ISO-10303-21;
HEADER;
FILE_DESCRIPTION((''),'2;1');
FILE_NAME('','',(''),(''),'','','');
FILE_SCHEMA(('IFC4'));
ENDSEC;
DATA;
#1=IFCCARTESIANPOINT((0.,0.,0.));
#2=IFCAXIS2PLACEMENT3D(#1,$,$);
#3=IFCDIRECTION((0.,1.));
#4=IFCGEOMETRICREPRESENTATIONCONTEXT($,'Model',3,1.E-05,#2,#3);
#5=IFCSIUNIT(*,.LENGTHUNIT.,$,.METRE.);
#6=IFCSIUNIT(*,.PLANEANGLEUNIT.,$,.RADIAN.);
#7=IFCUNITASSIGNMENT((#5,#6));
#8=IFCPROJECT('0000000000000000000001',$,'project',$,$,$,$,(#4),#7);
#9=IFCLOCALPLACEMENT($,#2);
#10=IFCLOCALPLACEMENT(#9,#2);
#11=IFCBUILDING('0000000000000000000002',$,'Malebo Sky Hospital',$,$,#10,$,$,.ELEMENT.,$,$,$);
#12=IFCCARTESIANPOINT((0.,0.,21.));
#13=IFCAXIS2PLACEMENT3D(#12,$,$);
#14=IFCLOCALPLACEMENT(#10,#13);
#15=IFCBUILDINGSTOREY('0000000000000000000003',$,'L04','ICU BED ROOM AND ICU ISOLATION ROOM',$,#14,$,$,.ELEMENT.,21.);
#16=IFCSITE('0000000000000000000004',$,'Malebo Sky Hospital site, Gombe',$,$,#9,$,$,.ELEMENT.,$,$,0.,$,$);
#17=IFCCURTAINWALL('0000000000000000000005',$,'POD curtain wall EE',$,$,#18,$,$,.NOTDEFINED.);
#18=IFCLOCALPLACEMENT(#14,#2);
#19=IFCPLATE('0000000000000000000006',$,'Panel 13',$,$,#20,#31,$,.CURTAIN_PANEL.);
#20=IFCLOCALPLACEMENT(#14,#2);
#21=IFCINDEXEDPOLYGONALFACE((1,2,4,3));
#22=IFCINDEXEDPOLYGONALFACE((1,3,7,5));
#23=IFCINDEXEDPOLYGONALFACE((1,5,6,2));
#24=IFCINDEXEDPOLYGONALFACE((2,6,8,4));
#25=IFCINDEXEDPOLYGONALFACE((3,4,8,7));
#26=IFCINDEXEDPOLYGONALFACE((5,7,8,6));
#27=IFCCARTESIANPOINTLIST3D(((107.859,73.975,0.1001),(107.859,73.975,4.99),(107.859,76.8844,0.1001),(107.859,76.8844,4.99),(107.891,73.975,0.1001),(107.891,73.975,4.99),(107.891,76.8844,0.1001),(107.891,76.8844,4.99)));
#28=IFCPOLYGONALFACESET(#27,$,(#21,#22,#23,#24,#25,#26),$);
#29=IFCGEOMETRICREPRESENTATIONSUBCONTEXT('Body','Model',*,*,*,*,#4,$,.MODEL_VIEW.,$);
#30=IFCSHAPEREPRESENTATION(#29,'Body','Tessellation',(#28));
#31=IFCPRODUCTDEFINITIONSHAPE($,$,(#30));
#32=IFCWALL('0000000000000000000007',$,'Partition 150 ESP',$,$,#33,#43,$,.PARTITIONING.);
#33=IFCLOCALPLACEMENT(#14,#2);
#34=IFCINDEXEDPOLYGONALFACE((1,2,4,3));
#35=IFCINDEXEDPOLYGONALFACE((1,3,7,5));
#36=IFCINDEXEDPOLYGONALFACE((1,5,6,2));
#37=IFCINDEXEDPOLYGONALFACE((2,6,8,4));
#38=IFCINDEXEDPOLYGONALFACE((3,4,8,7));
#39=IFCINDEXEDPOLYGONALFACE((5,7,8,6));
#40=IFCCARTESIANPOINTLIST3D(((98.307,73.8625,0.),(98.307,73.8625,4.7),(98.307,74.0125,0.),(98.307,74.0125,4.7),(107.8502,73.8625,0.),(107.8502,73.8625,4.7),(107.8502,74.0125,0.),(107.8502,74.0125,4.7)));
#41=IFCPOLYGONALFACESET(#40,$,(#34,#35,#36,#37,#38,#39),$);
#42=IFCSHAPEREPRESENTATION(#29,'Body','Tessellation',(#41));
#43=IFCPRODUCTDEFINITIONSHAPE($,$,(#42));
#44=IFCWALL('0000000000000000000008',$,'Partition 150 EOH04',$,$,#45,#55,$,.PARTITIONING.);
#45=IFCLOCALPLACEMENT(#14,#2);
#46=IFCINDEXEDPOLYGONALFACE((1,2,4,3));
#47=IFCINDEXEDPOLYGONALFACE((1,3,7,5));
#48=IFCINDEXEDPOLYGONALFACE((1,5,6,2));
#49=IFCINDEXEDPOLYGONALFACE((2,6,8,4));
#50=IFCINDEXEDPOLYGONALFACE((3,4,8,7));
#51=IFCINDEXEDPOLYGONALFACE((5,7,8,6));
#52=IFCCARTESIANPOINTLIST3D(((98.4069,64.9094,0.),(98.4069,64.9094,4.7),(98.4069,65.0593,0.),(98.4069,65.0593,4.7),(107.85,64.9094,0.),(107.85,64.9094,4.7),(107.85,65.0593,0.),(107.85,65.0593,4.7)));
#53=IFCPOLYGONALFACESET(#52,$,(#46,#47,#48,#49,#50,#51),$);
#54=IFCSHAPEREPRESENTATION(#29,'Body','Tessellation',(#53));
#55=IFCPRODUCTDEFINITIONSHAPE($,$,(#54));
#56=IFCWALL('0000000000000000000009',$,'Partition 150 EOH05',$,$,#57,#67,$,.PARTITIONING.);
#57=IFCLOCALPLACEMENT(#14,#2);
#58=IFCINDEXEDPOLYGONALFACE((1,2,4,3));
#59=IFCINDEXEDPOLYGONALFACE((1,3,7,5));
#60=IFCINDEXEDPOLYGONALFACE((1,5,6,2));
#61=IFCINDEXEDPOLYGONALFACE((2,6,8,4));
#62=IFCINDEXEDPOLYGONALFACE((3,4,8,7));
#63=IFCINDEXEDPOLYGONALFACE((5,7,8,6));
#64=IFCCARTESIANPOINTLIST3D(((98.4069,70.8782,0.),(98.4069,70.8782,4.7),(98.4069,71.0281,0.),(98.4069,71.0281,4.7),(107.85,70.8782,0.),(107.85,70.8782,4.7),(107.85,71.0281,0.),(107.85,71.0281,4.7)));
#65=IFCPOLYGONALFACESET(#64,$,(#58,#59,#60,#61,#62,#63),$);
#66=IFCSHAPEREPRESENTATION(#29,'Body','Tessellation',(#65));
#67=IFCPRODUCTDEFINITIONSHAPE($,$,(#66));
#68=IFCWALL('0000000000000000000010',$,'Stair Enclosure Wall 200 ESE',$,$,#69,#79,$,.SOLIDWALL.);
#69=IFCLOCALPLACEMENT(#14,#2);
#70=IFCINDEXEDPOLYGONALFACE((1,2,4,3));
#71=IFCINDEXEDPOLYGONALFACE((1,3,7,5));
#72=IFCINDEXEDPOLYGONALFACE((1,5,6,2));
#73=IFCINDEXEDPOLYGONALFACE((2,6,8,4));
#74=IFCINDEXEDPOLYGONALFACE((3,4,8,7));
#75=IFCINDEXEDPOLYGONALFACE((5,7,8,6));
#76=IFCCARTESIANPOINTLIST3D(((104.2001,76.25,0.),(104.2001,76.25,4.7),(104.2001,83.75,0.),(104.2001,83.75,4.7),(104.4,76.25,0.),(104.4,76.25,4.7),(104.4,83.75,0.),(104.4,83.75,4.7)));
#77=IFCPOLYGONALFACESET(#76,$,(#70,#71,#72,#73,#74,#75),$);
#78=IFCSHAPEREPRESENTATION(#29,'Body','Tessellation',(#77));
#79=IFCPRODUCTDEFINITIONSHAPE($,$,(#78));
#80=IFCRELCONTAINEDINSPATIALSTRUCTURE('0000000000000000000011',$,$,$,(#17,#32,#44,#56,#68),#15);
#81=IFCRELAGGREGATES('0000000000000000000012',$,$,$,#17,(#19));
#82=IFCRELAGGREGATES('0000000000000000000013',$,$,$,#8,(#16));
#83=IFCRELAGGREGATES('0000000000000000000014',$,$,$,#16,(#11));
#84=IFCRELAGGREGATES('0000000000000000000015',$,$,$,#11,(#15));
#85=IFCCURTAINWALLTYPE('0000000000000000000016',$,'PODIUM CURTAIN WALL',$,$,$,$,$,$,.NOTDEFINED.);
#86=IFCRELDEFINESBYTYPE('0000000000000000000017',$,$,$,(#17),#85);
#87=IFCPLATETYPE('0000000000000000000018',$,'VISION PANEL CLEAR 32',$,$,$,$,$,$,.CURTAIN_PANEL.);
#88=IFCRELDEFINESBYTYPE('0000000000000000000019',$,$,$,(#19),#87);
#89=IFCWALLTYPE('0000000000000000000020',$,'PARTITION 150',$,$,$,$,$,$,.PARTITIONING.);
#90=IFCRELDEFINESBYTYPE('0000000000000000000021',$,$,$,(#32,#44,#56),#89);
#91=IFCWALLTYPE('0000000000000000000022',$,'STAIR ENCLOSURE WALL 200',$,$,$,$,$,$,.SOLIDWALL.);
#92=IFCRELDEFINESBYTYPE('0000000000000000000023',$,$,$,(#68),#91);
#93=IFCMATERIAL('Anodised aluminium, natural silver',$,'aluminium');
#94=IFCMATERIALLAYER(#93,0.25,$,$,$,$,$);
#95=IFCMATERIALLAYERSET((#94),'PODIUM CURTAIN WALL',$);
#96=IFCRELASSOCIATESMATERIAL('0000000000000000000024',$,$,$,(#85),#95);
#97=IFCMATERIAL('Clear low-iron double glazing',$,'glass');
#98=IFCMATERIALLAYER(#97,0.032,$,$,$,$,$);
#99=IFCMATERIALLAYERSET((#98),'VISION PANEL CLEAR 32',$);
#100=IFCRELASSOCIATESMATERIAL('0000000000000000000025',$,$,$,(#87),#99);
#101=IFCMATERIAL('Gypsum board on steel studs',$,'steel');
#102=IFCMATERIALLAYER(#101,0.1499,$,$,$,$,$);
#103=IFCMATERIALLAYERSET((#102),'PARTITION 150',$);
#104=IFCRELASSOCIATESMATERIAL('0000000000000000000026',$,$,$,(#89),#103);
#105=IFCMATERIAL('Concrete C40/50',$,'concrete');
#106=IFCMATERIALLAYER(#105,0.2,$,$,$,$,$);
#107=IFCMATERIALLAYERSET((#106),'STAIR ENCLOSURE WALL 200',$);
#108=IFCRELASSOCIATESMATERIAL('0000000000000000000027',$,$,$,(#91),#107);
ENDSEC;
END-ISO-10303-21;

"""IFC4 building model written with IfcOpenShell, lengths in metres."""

from ifc_helpers import new_model, si_unit, direction, frame, frame_2d, origin, origin_2d, place, context, subcontext, project, spatial, rectangle, extrude, material, layer, layer_set, type_object, element, aggregate, save


model = new_model("IFC4")

# Units and contexts
model_context = context("Model", 3, precision=1e-05, world=origin(), true_north=direction((0.0, 1.0)))
body_context = subcontext(model_context, "Body", "Model", "MODEL_VIEW")
ifc_project = project(units=[si_unit("LENGTHUNIT", "METRE"), si_unit("PLANEANGLEUNIT", "RADIAN")], contexts=[model_context])

# Site, building, storey
site_placement = place(None, origin())
site = spatial("IfcSite", under=ifc_project, at=site_placement, Name="Malebo Sky Hospital site, Gombe", CompositionType="ELEMENT", RefElevation=0.0)
building_placement = place(site_placement, origin())
building = spatial("IfcBuilding", under=site, at=building_placement, Name="Malebo Sky Hospital", CompositionType="ELEMENT")
storey_placement = place(building_placement, frame((0.0, 0.0, 21.0)))
storey = spatial("IfcBuildingStorey", under=building, at=storey_placement, Name="L04", Description="ICU BED ROOM AND ICU ISOLATION ROOM", CompositionType="ELEMENT", Elevation=21.0)

# Curtain wall
ifc_material_1 = material(Name="Anodised aluminium, natural silver", Category="aluminium")
ifc_layer_1 = layer(ifc_material_1, 0.25)
ifc_layer_set_1 = layer_set([ifc_layer_1], Name="PODIUM CURTAIN WALL")
curtain_wall_type = type_object("IfcCurtainWallType", Name="PODIUM CURTAIN WALL", PredefinedType="NOTDEFINED", material=ifc_layer_set_1)
curtain_wall_placement = place(storey_placement, origin())
curtain_wall = element("IfcCurtainWall", 1, at=curtain_wall_placement, inside=storey, type_object=curtain_wall_type, Name="POD curtain wall EE", PredefinedType="NOTDEFINED")

# Plate
ifc_material_2 = material(Name="Clear low-iron double glazing", Category="glass")
ifc_layer_2 = layer(ifc_material_2, 0.032)
ifc_layer_set_2 = layer_set([ifc_layer_2], Name="VISION PANEL CLEAR 32")
plate_type = type_object("IfcPlateType", Name="VISION PANEL CLEAR 32", PredefinedType="CURTAIN_PANEL", material=ifc_layer_set_2)
plate_1_placement = place(storey_placement, frame((107.875, 75.4297, 0.1001), z_axis=(0.0, 0.0, 1.0), x_axis=(0.0, 1.0, 0.0)))
plate_1 = element("IfcPlate", 2, at=plate_1_placement, type_object=plate_type, Name="Panel 13", PredefinedType="CURTAIN_PANEL", context=body_context, shape_type="SweptSolid", body=[
    extrude(rectangle(XDim=2.9094, YDim=0.032, at=origin_2d()), origin(), (0.0, 0.0, 1.0), 4.8899),
])
aggregate(curtain_wall, [plate_1])

# Walls
ifc_material_3 = material(Name="Gypsum board on steel studs", Category="steel")
ifc_layer_3 = layer(ifc_material_3, 0.1499)
ifc_layer_set_3 = layer_set([ifc_layer_3], Name="PARTITION 150")
wall_type_1 = type_object("IfcWallType", Name="PARTITION 150", PredefinedType="PARTITIONING", material=ifc_layer_set_3)
wall_1_placement = place(storey_placement, frame((107.8501, 73.9375, 0.0), z_axis=(0.0, 0.0, 1.0), x_axis=(-1.0, 0.0, 0.0)))
element("IfcWall", 3, at=wall_1_placement, inside=storey, type_object=wall_type_1, Name="Partition 150 ESP", PredefinedType="PARTITIONING", context=body_context, shape_type="SweptSolid", body=[
    extrude(rectangle(XDim=9.5432, YDim=0.1499, at=frame_2d((4.7715, 0.0))), origin(), (0.0, 0.0, 1.0), 4.7),
])
for number, where, z_axis, x_axis, name in (
    (4, (107.8501, 64.9844, 0.0), (0.0, 0.0, 1.0), (-1.0, 0.0, 0.0), "Partition 150 EOH04"),
    (5, (107.8501, 70.9531, 0.0), (0.0, 0.0, 1.0), (-1.0, 0.0, 0.0), "Partition 150 EOH05"),
):
    element("IfcWall", number, at=place(storey_placement, frame(where, z_axis=z_axis, x_axis=x_axis)), inside=storey, type_object=wall_type_1, Name=name, PredefinedType="PARTITIONING", context=body_context, shape_type="SweptSolid", body=[
        extrude(rectangle(XDim=9.4431, YDim=0.1499, at=frame_2d((4.7217, 0.0))), origin(), (0.0, 0.0, 1.0), 4.7),
    ])
ifc_material_4 = material(Name="Concrete C40/50", Category="concrete")
ifc_layer_4 = layer(ifc_material_4, 0.2)
ifc_layer_set_4 = layer_set([ifc_layer_4], Name="STAIR ENCLOSURE WALL 200")
wall_type_2 = type_object("IfcWallType", Name="STAIR ENCLOSURE WALL 200", PredefinedType="SOLIDWALL", material=ifc_layer_set_4)
wall_2_placement = place(storey_placement, frame((104.3, 76.25, 0.0), z_axis=(0.0, 0.0, 1.0), x_axis=(0.0, 1.0, 0.0)))
element("IfcWall", 6, at=wall_2_placement, inside=storey, type_object=wall_type_2, Name="Stair Enclosure Wall 200 ESE", PredefinedType="SOLIDWALL", context=body_context, shape_type="SweptSolid", body=[
    extrude(rectangle(XDim=7.5, YDim=0.2, at=frame_2d((3.75, 0.0))), origin(), (0.0, 0.0, 1.0), 4.7),
])

save(model, "model.ifc")
